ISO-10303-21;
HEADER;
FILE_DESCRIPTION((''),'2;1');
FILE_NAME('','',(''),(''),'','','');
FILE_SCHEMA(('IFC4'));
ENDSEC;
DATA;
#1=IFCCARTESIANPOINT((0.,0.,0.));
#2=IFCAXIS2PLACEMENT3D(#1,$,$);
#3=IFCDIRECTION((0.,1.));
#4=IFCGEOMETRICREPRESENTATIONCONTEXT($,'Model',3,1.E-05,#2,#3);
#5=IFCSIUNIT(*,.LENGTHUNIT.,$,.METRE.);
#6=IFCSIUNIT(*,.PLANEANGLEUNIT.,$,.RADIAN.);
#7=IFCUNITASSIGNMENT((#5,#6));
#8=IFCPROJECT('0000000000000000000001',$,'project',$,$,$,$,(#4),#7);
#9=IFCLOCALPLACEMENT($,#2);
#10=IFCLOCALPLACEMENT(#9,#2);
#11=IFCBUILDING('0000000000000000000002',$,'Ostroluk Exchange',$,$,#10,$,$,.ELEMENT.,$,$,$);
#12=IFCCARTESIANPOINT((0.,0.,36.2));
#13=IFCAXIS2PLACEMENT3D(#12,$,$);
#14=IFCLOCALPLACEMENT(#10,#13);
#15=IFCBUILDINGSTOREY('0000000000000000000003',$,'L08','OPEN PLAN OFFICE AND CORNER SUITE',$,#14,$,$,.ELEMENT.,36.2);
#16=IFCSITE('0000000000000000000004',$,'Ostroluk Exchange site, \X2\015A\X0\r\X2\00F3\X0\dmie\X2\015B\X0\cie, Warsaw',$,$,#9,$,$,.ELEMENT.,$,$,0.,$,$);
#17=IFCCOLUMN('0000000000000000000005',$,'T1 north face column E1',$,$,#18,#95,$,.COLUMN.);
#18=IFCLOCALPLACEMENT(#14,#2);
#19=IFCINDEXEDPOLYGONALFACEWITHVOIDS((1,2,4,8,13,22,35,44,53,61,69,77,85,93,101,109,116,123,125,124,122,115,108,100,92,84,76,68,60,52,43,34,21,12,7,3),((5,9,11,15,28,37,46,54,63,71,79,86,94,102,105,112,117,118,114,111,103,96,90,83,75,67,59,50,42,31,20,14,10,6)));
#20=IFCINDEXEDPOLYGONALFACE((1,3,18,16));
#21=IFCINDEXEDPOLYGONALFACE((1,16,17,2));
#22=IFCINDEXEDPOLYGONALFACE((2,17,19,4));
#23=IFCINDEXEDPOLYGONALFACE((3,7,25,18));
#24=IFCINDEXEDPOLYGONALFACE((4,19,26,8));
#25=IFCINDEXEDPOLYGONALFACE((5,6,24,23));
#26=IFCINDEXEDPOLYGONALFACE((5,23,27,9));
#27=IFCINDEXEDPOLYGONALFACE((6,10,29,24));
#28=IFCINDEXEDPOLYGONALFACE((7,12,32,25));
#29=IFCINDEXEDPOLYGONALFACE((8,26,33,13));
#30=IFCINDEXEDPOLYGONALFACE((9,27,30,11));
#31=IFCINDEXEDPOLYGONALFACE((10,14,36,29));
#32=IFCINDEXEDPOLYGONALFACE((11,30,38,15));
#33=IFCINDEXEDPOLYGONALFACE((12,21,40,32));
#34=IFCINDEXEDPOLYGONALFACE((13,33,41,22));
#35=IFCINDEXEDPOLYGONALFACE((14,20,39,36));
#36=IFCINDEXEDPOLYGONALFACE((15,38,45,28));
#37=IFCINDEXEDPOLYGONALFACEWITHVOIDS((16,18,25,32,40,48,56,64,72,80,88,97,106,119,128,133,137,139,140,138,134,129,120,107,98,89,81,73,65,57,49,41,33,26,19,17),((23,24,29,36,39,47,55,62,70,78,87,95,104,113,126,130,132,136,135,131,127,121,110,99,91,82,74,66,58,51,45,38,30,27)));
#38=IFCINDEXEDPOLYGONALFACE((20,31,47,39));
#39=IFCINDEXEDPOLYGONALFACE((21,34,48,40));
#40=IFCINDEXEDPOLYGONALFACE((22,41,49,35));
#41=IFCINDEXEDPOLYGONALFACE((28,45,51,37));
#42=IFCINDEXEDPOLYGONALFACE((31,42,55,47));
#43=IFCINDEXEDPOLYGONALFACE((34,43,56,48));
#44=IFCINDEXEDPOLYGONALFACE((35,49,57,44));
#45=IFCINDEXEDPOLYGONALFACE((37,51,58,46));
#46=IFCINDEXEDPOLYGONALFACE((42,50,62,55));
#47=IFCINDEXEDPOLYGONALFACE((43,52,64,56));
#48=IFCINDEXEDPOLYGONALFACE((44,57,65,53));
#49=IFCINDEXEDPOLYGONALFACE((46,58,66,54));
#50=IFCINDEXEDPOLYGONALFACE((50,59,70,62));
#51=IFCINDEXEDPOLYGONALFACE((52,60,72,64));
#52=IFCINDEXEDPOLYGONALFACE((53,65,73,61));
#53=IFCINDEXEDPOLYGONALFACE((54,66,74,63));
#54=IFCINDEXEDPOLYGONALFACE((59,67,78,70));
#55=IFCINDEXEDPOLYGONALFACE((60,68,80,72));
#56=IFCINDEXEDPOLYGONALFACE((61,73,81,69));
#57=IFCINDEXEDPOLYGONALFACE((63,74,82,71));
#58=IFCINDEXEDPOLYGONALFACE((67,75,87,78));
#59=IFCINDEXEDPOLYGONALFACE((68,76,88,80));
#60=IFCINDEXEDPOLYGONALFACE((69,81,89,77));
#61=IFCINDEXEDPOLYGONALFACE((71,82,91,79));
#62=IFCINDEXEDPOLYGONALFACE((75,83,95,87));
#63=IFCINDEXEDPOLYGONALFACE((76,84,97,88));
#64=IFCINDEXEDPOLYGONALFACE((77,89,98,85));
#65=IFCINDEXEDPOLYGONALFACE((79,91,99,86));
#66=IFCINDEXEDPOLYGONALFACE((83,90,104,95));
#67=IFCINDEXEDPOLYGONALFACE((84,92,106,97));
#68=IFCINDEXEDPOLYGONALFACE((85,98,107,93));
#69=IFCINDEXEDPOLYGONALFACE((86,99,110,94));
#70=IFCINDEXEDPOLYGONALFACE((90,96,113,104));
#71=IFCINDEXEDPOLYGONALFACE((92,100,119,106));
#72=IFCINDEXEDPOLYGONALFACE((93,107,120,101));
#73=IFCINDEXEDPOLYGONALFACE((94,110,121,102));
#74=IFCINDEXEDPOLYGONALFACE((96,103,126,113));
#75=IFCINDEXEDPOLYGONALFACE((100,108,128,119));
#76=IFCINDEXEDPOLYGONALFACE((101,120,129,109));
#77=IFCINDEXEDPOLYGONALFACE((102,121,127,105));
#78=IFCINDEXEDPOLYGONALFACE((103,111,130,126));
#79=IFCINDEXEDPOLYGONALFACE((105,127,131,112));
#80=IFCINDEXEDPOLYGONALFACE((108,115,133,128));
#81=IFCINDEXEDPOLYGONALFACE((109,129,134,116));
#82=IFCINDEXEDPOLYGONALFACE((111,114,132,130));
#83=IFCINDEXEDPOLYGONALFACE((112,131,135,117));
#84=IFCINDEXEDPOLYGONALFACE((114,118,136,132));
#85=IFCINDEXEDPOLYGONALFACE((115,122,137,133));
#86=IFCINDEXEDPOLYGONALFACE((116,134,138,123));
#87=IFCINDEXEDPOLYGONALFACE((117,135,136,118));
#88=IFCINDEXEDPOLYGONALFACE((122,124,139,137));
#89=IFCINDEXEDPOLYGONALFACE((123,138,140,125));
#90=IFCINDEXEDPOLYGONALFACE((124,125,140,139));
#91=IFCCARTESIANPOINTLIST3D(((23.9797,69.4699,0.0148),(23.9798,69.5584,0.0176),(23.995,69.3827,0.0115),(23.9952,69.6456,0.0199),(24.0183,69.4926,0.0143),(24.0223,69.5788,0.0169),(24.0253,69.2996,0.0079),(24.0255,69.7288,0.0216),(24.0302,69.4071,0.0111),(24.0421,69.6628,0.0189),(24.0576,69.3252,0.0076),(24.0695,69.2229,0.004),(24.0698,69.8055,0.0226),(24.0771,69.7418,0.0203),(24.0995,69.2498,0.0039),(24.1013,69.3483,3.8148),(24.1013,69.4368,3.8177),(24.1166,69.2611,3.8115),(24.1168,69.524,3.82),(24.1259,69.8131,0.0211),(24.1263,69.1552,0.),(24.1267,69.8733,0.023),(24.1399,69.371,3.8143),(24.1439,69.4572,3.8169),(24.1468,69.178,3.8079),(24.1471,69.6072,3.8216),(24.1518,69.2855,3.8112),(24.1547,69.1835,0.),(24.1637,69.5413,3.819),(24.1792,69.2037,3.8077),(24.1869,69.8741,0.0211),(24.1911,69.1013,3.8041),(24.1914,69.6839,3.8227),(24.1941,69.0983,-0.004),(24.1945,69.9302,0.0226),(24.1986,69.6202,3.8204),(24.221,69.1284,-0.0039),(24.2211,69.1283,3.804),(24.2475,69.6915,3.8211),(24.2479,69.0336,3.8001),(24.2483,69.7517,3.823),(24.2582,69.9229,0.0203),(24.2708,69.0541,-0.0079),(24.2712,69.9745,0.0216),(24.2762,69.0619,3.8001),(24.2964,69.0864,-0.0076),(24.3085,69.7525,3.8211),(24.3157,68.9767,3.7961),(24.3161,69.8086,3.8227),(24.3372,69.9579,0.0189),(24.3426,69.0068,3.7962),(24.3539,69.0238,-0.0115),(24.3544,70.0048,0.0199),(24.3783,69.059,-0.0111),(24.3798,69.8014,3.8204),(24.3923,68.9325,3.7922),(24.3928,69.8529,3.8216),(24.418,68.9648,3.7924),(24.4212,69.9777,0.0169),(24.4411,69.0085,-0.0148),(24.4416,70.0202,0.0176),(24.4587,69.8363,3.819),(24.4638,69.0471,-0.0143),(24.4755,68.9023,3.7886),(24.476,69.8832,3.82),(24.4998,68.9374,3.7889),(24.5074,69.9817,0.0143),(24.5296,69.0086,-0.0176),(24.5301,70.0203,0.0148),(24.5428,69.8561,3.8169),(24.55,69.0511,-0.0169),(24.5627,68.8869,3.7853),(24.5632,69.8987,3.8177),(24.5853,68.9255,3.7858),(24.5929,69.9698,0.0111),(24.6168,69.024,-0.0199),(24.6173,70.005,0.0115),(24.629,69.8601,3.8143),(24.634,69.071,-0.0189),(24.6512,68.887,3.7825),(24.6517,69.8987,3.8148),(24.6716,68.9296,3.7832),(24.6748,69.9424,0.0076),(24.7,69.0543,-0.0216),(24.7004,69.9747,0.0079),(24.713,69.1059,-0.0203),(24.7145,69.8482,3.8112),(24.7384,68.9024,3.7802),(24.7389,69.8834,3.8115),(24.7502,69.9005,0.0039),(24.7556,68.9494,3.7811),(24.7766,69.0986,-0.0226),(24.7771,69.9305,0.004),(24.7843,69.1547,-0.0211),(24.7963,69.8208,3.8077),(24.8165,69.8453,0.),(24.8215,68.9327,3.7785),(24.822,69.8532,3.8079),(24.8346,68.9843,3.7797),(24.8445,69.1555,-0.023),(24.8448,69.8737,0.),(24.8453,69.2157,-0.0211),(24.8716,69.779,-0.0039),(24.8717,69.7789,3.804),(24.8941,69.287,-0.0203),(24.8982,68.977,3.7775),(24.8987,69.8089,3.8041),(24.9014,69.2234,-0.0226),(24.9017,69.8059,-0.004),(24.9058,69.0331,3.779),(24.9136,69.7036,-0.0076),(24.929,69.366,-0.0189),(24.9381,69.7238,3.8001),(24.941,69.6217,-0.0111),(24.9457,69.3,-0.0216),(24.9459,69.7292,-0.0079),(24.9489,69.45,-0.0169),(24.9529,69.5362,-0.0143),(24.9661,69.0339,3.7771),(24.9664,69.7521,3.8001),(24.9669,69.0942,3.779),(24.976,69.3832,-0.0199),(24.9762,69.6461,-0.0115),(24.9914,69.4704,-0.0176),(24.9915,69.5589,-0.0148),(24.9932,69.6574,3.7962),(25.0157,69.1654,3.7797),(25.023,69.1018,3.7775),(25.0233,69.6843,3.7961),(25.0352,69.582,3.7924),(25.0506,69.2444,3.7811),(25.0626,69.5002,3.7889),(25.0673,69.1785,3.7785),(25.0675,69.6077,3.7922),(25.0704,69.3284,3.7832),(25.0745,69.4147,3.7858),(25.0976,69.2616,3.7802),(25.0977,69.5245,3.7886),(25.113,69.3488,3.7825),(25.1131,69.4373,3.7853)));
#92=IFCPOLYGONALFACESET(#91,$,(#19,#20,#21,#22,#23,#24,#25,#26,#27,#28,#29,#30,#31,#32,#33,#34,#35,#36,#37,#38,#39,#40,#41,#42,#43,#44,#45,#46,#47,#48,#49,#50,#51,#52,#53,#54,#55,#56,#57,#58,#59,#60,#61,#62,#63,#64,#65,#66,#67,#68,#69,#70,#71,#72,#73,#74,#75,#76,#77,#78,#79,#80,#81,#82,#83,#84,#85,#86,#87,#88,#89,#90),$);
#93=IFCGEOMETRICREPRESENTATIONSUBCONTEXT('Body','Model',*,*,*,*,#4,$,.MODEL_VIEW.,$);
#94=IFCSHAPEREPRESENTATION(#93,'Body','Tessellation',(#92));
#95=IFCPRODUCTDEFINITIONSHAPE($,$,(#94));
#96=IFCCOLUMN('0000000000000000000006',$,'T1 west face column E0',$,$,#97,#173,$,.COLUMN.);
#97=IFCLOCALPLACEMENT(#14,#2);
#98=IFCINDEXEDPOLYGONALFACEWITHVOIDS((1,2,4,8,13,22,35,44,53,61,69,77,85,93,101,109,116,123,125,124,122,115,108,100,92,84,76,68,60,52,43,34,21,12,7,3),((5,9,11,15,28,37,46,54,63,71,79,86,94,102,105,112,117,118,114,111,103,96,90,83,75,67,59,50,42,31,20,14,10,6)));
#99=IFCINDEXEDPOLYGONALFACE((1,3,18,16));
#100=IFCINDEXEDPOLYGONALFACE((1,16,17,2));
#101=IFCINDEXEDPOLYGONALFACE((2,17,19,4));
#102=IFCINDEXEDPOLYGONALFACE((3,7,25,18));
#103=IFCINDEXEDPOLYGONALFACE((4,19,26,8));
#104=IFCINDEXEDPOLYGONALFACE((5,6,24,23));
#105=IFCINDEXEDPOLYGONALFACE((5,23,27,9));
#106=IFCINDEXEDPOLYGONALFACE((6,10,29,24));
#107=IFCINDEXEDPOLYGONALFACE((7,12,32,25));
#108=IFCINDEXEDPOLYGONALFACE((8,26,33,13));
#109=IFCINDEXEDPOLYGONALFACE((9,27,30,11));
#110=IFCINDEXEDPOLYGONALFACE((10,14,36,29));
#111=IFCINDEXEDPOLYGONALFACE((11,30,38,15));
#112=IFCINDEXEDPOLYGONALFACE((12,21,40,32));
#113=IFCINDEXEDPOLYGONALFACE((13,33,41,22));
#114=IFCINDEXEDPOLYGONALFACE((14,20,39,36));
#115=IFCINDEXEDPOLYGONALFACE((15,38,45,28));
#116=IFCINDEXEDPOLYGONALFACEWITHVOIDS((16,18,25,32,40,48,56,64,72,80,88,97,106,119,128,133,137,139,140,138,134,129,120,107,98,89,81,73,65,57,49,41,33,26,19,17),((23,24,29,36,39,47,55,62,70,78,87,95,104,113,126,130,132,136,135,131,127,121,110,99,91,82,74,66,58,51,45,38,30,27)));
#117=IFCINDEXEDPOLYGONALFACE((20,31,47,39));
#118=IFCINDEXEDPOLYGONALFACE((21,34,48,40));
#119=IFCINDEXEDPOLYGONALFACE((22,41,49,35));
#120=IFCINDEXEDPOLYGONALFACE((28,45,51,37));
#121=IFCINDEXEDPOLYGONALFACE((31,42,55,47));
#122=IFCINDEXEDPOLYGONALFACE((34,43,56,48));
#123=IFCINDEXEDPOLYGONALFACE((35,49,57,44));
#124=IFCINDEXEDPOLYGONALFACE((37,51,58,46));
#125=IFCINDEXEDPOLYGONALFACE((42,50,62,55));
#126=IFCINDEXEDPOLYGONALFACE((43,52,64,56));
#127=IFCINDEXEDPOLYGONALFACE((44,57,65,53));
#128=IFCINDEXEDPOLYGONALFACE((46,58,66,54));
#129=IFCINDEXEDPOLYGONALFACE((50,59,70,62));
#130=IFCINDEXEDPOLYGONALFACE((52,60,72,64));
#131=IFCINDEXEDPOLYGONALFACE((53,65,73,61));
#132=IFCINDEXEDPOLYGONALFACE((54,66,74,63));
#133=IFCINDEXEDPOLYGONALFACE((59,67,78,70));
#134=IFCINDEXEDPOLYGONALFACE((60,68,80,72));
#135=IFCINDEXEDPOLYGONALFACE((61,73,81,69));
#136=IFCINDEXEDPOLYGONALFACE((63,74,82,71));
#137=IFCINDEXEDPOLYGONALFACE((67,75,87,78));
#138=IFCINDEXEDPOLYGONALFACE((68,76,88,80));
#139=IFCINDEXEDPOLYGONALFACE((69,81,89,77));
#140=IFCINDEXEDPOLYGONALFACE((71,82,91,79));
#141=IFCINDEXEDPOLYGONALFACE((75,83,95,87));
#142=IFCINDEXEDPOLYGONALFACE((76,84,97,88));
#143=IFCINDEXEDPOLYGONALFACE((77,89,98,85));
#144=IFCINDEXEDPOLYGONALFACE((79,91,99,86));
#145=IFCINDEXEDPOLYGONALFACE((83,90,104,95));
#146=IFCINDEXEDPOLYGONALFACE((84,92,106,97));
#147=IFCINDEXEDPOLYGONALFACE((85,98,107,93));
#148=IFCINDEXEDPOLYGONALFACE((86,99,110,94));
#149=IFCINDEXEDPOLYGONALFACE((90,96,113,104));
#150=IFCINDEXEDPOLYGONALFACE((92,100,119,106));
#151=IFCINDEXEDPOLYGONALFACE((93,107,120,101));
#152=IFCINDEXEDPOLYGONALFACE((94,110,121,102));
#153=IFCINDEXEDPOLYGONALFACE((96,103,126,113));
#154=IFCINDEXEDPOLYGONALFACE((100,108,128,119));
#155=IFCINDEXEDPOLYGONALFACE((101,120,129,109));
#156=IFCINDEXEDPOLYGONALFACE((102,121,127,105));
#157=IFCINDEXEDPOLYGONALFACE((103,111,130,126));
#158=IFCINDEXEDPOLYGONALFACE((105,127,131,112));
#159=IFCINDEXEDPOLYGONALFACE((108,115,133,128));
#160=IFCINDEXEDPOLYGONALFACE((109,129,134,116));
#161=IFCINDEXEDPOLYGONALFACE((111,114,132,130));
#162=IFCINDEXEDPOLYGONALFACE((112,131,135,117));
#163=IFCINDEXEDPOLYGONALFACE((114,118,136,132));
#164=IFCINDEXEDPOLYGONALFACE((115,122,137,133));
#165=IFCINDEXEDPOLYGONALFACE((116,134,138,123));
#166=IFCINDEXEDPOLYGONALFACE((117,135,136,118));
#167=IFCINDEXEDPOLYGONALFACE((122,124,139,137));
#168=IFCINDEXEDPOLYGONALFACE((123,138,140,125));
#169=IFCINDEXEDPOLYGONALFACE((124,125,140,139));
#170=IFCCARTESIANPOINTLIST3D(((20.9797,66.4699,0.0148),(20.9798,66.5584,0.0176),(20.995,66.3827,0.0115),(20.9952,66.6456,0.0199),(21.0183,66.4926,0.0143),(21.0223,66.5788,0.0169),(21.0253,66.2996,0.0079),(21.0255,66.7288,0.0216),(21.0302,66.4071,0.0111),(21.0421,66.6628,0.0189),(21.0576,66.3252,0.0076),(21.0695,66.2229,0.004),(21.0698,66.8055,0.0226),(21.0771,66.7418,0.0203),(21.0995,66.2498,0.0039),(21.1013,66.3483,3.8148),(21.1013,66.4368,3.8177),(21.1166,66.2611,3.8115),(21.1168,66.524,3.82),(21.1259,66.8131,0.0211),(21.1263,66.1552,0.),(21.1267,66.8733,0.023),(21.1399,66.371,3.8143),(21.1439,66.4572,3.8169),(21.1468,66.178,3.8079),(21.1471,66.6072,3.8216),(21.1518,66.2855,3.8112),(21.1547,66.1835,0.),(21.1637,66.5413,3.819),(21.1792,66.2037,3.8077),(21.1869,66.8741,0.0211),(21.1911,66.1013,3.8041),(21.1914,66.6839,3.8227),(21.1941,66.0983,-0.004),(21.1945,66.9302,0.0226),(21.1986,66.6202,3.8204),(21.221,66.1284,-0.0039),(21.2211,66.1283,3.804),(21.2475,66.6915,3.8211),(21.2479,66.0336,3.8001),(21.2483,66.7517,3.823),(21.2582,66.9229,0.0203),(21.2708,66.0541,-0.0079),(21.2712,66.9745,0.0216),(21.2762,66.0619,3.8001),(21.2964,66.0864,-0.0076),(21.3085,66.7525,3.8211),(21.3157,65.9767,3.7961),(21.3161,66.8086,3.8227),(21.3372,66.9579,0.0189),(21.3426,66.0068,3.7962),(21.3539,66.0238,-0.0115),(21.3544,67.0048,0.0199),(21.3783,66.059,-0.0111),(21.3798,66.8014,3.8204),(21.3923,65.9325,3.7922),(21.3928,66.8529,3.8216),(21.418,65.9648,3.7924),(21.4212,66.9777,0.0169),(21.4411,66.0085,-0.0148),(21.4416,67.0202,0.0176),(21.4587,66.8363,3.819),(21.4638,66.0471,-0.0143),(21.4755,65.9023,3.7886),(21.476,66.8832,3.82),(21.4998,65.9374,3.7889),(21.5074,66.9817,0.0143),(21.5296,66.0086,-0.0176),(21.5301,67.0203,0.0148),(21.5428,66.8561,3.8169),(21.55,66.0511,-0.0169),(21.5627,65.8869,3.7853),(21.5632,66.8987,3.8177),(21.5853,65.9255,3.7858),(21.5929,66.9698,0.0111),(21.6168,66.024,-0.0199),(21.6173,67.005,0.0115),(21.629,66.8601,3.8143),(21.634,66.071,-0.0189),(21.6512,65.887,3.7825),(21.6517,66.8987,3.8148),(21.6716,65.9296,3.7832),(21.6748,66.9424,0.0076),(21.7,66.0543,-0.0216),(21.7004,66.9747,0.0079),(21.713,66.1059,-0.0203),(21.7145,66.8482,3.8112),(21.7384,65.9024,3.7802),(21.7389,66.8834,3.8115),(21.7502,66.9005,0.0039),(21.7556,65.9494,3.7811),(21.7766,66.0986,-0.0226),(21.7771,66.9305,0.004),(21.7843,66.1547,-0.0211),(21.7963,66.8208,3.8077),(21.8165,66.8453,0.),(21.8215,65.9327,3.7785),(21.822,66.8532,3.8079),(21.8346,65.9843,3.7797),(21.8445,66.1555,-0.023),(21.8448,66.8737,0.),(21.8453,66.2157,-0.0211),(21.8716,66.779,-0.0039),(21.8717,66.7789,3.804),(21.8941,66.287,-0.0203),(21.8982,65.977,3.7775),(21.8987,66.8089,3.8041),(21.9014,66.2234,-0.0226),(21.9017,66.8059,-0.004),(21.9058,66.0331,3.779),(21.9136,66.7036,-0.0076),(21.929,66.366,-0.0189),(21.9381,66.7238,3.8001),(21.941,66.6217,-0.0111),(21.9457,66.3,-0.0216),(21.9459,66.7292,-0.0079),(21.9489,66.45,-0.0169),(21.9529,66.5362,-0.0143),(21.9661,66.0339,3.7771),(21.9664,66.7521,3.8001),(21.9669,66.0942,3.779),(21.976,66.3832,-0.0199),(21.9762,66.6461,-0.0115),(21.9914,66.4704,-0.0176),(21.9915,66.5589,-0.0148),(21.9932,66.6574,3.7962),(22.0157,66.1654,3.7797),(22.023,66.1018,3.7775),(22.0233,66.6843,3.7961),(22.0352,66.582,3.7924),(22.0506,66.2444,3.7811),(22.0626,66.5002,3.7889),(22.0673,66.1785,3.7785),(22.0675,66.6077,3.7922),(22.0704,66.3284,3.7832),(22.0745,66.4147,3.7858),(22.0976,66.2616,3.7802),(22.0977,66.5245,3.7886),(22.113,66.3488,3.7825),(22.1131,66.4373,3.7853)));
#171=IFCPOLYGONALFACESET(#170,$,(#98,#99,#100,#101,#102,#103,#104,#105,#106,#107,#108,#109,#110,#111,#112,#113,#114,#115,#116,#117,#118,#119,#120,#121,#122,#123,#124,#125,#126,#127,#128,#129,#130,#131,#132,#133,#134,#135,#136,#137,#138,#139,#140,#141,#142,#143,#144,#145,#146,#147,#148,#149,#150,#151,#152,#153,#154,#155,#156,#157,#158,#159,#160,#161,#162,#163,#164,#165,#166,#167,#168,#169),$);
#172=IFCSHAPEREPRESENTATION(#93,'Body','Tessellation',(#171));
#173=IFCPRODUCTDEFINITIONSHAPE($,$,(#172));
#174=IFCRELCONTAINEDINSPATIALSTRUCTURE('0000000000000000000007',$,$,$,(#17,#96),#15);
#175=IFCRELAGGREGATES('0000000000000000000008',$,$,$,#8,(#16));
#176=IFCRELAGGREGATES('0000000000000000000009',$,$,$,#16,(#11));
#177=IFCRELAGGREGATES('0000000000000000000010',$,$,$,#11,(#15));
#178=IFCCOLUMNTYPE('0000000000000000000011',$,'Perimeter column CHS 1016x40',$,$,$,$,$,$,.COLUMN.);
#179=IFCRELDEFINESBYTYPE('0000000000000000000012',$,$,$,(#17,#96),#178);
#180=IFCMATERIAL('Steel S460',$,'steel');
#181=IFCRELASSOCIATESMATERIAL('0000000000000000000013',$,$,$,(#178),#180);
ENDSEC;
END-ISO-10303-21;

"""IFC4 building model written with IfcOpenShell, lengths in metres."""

from ifc_helpers import new_model, si_unit, direction, frame, origin, origin_2d, place, context, subcontext, project, spatial, hollow_circle, extrude, material, material_profile, profile_set, type_object, element, save


model = new_model("IFC4")

# Units and contexts
model_context = context("Model", 3, precision=1e-05, world=origin(), true_north=direction((0.0, 1.0)))
body_context = subcontext(model_context, "Body", "Model", "MODEL_VIEW")
ifc_project = project(units=[si_unit("LENGTHUNIT", "METRE"), si_unit("PLANEANGLEUNIT", "RADIAN")], contexts=[model_context])

# Site, building, storey
site_placement = place(None, origin())
site = spatial("IfcSite", under=ifc_project, at=site_placement, Name="Ostroluk Exchange site, Śródmieście, Warsaw", CompositionType="ELEMENT", RefElevation=0.0)
building_placement = place(site_placement, origin())
building = spatial("IfcBuilding", under=site, at=building_placement, Name="Ostroluk Exchange", CompositionType="ELEMENT")
storey_placement = place(building_placement, frame((0.0, 0.0, 36.2)))
storey = spatial("IfcBuildingStorey", under=building, at=storey_placement, Name="L08", Description="OPEN PLAN OFFICE AND CORNER SUITE", CompositionType="ELEMENT", Elevation=36.2)

# Columns
ifc_material_1 = material(Name="Steel S460", Category="steel")
ifc_material_profile_1 = material_profile(ifc_material_1, hollow_circle(Radius=0.5081, WallThickness=0.04, at=origin_2d()), Name="CHS 1016x40")
ifc_profile_set_1 = profile_set([ifc_material_profile_1], Name="Steel S460")
column_type = type_object("IfcColumnType", Name="Perimeter column CHS 1016x40", PredefinedType="COLUMN", material=ifc_profile_set_1)
for number, where, z_axis, x_axis, name in (
    (1, (24.4856, 69.5144, 0.0), (0.031962, -0.031962, 0.998978), (0.707107, 0.707107, 0.0), "T1 north face column E1"),
    (2, (21.4856, 66.5144, 0.0), (0.031962, -0.031962, 0.998978), (0.707107, 0.707107, 0.0), "T1 west face column E0"),
):
    element("IfcColumn", number, at=place(storey_placement, frame(where, z_axis=z_axis, x_axis=x_axis)), inside=storey, type_object=column_type, Name=name, PredefinedType="COLUMN", context=body_context, shape_type="SweptSolid", body=[
        extrude(hollow_circle(Radius=0.5081, WallThickness=0.04, at=origin_2d()), origin(), (0.0, 0.0, 1.0), 3.804),
    ])

save(model, "model.ifc")
